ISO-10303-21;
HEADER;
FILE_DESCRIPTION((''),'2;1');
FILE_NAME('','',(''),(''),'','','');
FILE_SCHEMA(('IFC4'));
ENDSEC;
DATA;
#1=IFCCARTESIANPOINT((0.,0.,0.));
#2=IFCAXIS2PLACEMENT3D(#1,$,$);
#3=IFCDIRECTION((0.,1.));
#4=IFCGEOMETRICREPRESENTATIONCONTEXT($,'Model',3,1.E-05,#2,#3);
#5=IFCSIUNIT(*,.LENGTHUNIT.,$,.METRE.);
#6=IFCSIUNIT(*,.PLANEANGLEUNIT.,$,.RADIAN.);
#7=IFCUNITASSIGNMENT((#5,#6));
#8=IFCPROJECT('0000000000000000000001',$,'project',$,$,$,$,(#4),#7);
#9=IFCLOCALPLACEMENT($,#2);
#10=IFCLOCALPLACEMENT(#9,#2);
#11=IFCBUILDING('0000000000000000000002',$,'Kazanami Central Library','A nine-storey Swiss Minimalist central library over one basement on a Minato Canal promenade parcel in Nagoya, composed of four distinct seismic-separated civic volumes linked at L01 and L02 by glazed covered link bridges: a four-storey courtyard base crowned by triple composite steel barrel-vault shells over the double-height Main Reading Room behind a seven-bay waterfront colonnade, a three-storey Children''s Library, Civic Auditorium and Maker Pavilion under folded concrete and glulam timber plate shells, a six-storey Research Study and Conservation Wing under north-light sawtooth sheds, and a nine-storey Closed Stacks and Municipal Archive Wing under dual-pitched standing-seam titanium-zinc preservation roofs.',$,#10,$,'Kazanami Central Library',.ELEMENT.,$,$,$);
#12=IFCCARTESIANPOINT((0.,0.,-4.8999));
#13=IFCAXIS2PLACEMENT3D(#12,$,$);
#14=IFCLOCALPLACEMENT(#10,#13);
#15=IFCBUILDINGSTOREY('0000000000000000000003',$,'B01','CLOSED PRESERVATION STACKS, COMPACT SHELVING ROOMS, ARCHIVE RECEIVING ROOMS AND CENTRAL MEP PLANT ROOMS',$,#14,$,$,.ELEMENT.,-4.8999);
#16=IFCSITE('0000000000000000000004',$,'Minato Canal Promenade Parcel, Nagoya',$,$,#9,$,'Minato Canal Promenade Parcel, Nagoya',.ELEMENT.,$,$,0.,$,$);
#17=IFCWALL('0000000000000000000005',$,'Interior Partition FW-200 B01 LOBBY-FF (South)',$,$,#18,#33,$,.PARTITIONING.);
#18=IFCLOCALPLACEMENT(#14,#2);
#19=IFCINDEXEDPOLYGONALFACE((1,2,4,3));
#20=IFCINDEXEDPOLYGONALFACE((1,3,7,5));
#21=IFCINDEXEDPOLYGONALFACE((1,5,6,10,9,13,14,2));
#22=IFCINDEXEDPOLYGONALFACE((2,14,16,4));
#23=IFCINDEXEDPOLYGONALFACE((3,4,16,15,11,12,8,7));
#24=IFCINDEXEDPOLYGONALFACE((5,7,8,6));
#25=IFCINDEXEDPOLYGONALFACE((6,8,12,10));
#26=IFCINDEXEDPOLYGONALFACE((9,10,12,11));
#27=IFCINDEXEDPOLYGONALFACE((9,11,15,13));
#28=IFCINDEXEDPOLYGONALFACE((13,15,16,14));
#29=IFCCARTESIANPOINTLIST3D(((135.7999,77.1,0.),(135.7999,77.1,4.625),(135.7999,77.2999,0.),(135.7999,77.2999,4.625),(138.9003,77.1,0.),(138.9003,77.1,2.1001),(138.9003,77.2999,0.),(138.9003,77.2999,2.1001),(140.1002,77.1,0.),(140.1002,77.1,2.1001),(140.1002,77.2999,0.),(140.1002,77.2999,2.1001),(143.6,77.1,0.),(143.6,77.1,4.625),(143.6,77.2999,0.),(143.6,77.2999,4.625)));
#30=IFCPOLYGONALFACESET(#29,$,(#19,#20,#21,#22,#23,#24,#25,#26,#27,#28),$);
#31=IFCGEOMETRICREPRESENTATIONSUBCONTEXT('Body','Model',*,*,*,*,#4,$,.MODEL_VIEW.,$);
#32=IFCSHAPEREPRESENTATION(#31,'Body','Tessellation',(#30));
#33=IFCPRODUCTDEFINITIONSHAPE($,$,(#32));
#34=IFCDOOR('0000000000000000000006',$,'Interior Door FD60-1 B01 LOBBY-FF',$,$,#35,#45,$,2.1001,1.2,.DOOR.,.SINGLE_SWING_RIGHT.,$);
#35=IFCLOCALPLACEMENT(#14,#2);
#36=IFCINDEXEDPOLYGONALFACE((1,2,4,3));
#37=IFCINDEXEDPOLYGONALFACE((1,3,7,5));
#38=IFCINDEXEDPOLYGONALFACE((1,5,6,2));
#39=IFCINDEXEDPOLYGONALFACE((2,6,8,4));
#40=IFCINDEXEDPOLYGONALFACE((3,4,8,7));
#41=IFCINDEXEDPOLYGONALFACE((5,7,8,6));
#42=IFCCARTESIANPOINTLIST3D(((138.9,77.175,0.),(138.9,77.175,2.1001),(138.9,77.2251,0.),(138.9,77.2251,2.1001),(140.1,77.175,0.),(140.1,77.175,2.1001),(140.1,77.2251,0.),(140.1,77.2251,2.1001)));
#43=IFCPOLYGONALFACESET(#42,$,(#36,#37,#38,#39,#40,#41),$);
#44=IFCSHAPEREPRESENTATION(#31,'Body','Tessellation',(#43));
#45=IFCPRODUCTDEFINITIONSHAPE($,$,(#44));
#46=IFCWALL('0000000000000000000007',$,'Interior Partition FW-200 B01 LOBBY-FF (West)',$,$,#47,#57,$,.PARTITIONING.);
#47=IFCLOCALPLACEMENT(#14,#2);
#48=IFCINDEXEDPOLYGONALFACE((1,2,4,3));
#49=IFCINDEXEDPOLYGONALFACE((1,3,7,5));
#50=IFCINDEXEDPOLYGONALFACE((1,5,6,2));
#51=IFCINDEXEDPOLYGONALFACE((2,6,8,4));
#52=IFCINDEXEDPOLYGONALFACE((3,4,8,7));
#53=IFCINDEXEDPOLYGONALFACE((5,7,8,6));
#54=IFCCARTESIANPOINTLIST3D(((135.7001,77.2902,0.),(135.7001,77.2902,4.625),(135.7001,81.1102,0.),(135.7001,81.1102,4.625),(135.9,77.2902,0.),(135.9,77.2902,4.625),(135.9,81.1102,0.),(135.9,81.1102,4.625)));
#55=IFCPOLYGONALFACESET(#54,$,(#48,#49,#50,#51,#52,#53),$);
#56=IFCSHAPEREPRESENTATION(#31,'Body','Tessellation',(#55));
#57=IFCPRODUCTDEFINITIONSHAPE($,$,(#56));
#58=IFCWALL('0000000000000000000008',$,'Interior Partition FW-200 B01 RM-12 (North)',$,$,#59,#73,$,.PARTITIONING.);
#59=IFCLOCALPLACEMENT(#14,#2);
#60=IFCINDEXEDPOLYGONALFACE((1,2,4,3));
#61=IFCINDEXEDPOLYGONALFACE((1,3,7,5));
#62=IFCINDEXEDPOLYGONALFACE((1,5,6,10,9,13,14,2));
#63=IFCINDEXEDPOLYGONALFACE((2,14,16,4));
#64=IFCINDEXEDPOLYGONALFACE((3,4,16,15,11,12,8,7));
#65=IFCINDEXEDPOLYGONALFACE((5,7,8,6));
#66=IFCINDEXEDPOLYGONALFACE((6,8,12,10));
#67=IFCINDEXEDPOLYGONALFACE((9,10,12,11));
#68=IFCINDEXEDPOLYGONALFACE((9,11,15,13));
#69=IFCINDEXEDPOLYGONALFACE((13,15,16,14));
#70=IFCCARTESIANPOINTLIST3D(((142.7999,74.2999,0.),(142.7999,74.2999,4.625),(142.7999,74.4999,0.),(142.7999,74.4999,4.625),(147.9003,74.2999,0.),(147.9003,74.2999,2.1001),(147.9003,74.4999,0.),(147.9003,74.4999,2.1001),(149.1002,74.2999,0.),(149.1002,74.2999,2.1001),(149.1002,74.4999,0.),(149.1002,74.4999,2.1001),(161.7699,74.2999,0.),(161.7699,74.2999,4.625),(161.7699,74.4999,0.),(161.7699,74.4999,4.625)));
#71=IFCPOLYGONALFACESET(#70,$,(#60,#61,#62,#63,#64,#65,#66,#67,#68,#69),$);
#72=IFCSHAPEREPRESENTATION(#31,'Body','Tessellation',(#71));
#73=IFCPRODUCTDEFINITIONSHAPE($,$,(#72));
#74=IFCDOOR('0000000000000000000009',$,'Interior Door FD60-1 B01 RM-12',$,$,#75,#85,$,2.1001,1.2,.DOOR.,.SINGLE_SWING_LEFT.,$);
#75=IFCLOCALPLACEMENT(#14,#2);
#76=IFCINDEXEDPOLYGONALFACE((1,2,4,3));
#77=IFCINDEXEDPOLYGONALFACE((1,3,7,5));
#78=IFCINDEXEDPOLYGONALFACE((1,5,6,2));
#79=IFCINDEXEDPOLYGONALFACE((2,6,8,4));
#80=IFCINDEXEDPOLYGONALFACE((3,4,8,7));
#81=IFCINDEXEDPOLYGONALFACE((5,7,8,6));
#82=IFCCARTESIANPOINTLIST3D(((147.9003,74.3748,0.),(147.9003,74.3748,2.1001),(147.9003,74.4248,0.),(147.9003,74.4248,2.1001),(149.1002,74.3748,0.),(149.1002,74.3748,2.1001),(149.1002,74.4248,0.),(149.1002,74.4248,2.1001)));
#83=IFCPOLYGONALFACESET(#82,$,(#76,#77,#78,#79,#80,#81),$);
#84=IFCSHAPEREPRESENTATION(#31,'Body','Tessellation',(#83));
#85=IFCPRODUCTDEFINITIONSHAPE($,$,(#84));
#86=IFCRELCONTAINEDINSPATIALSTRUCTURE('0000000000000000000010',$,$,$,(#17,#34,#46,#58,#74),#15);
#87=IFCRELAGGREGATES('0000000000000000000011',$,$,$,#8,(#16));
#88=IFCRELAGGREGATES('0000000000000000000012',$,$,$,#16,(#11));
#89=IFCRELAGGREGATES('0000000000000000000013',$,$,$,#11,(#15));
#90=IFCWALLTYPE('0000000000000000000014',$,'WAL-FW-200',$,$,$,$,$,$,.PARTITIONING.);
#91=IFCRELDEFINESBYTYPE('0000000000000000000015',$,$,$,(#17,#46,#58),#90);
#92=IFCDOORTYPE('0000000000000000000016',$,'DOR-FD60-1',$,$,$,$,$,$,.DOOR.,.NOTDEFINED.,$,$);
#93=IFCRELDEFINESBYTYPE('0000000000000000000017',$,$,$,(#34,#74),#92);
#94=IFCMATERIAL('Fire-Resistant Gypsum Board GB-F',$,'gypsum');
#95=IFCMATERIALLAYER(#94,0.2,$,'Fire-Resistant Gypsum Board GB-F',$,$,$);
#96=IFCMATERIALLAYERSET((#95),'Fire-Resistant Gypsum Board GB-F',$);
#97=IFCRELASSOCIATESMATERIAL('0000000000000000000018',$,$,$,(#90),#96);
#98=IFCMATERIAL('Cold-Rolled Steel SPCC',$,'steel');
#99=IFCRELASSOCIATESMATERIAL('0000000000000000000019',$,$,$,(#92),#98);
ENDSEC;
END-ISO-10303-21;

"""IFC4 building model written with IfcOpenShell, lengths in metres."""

from ifc_helpers import new_model, si_unit, direction, frame, frame_2d, origin, place, context, subcontext, project, spatial, rectangle, extrude, material, layer, layer_set, type_object, element, fill, save


model = new_model("IFC4")

# Units and contexts
model_context = context("Model", 3, precision=1e-05, world=origin(), true_north=direction((0.0, 1.0)))
body_context = subcontext(model_context, "Body", "Model", "MODEL_VIEW")
ifc_project = project(units=[si_unit("LENGTHUNIT", "METRE"), si_unit("PLANEANGLEUNIT", "RADIAN")], contexts=[model_context])

# Site, building, storey
site_placement = place(None, origin())
site = spatial("IfcSite", under=ifc_project, at=site_placement, Name="Minato Canal Promenade Parcel, Nagoya", LongName="Minato Canal Promenade Parcel, Nagoya", CompositionType="ELEMENT", RefElevation=0.0)
building_placement = place(site_placement, origin())
building = spatial("IfcBuilding", under=site, at=building_placement, Name="Kazanami Central Library", Description="A nine-storey Swiss Minimalist central library over one basement on a Minato Canal promenade parcel in Nagoya, composed of four distinct seismic-separated civic volumes linked at L01 and L02 by glazed covered link bridges: a four-storey courtyard base crowned by triple composite steel barrel-vault shells over the double-height Main Reading Room behind a seven-bay waterfront colonnade, a three-storey Children's Library, Civic Auditorium and Maker Pavilion under folded concrete and glulam timber plate shells, a six-storey Research Study and Conservation Wing under north-light sawtooth sheds, and a nine-storey Closed Stacks and Municipal Archive Wing under dual-pitched standing-seam titanium-zinc preservation roofs.", LongName="Kazanami Central Library", CompositionType="ELEMENT")
storey_placement = place(building_placement, frame((0.0, 0.0, -4.8999)))
storey = spatial("IfcBuildingStorey", under=building, at=storey_placement, Name="B01", Description="CLOSED PRESERVATION STACKS, COMPACT SHELVING ROOMS, ARCHIVE RECEIVING ROOMS AND CENTRAL MEP PLANT ROOMS", CompositionType="ELEMENT", Elevation=-4.8999)

# Shared definitions
ifc_material_1 = material(Name="Fire-Resistant Gypsum Board GB-F", Category="gypsum")
ifc_material_2 = material(Name="Cold-Rolled Steel SPCC", Category="steel")

# Wall, opening, door
ifc_layer_1 = layer(ifc_material_1, 0.2, Name="Fire-Resistant Gypsum Board GB-F")
ifc_layer_set_1 = layer_set([ifc_layer_1], Name="Fire-Resistant Gypsum Board GB-F")
wall_type_1 = type_object("IfcWallType", Name="WAL-FW-200", PredefinedType="PARTITIONING", material=ifc_layer_set_1)
wall_1_placement = place(storey_placement, frame((135.8, 77.2, 0.0), z_axis=(0.0, 0.0, 1.0), x_axis=(1.0, 0.0, 0.0)))
wall_1 = element("IfcWall", 1, at=wall_1_placement, inside=storey, type_object=wall_type_1, Name="Interior Partition FW-200 B01 LOBBY-FF (South)", PredefinedType="PARTITIONING", context=body_context, shape_type="SweptSolid", body=[
    extrude(rectangle(XDim=7.8, YDim=0.2, at=frame_2d((3.8999, 0.0))), origin(), (0.0, 0.0, 1.0), 4.625),
])
opening_1_placement = place(wall_1_placement, frame((3.1001, 0.0, 0.0)))
opening_1 = element("IfcOpeningElement", 2, at=opening_1_placement, cuts=wall_1, PredefinedType="OPENING", context=body_context, shape_type="SweptSolid", body=[
    extrude(rectangle(XDim=1.2, YDim=2.1001, at=frame_2d((0.6001, 1.05))), frame((0.0, 0.1118, 0.0), z_axis=(0.0, -1.0, 0.0), x_axis=(1.0, 0.0, 0.0)), (0.0, 0.0, 1.0), 0.2239),
])
door_type_1 = type_object("IfcDoorType", Name="DOR-FD60-1", OperationType="NOTDEFINED", PredefinedType="DOOR", material=ifc_material_2)
door_1_placement = place(opening_1_placement, frame((1.2, 0.0, 0.0), z_axis=(0.0, 0.0, 1.0), x_axis=(-1.0, 0.0, 0.0)))
door_1 = element("IfcDoor", 3, at=door_1_placement, inside=storey, type_object=door_type_1, Name="Interior Door FD60-1 B01 LOBBY-FF", OperationType="SINGLE_SWING_RIGHT", OverallHeight=2.1001, OverallWidth=1.2, PredefinedType="DOOR", context=body_context, shape_type="SweptSolid", body=[
    extrude(rectangle(XDim=1.2, YDim=2.1001, at=frame_2d((0.6001, 1.05))), frame((0.0, 0.0249, 0.0), z_axis=(0.0, -1.0, 0.0), x_axis=(1.0, 0.0, 0.0)), (0.0, 0.0, 1.0), 0.05),
])
fill(opening_1, door_1)

# Wall
wall_2_placement = place(storey_placement, frame((135.8, 77.29, 0.0), z_axis=(0.0, 0.0, 1.0), x_axis=(0.0, 1.0, 0.0)))
element("IfcWall", 4, at=wall_2_placement, inside=storey, type_object=wall_type_1, Name="Interior Partition FW-200 B01 LOBBY-FF (West)", PredefinedType="PARTITIONING", context=body_context, shape_type="SweptSolid", body=[
    extrude(rectangle(XDim=3.8201, YDim=0.2, at=frame_2d((1.9102, 0.0))), origin(), (0.0, 0.0, 1.0), 4.625),
])

# Wall, opening, door
wall_3_placement = place(storey_placement, frame((142.8, 74.3999, 0.0), z_axis=(0.0, 0.0, 1.0), x_axis=(1.0, 0.0, 0.0)))
wall_3 = element("IfcWall", 5, at=wall_3_placement, inside=storey, type_object=wall_type_1, Name="Interior Partition FW-200 B01 RM-12 (North)", PredefinedType="PARTITIONING", context=body_context, shape_type="SweptSolid", body=[
    extrude(rectangle(XDim=18.97, YDim=0.2, at=frame_2d((9.4849, 0.0))), origin(), (0.0, 0.0, 1.0), 4.625),
])
opening_2_placement = place(wall_3_placement, frame((5.1001, 0.0, 0.0)))
opening_2 = element("IfcOpeningElement", 6, at=opening_2_placement, cuts=wall_3, PredefinedType="OPENING", context=body_context, shape_type="SweptSolid", body=[
    extrude(rectangle(XDim=1.2, YDim=2.1001, at=frame_2d((0.6001, 1.05))), frame((0.0, 0.1118, 0.0), z_axis=(0.0, -1.0, 0.0), x_axis=(1.0, 0.0, 0.0)), (0.0, 0.0, 1.0), 0.2239),
])
door_2_placement = place(opening_2_placement, origin())
door_2 = element("IfcDoor", 7, at=door_2_placement, inside=storey, type_object=door_type_1, Name="Interior Door FD60-1 B01 RM-12", OperationType="SINGLE_SWING_LEFT", OverallHeight=2.1001, OverallWidth=1.2, PredefinedType="DOOR", context=body_context, shape_type="SweptSolid", body=[
    extrude(rectangle(XDim=1.2, YDim=2.1001, at=frame_2d((0.6001, 1.05))), frame((0.0, 0.0249, 0.0), z_axis=(0.0, -1.0, 0.0), x_axis=(1.0, 0.0, 0.0)), (0.0, 0.0, 1.0), 0.05),
])
fill(opening_2, door_2)

save(model, "model.ifc")
